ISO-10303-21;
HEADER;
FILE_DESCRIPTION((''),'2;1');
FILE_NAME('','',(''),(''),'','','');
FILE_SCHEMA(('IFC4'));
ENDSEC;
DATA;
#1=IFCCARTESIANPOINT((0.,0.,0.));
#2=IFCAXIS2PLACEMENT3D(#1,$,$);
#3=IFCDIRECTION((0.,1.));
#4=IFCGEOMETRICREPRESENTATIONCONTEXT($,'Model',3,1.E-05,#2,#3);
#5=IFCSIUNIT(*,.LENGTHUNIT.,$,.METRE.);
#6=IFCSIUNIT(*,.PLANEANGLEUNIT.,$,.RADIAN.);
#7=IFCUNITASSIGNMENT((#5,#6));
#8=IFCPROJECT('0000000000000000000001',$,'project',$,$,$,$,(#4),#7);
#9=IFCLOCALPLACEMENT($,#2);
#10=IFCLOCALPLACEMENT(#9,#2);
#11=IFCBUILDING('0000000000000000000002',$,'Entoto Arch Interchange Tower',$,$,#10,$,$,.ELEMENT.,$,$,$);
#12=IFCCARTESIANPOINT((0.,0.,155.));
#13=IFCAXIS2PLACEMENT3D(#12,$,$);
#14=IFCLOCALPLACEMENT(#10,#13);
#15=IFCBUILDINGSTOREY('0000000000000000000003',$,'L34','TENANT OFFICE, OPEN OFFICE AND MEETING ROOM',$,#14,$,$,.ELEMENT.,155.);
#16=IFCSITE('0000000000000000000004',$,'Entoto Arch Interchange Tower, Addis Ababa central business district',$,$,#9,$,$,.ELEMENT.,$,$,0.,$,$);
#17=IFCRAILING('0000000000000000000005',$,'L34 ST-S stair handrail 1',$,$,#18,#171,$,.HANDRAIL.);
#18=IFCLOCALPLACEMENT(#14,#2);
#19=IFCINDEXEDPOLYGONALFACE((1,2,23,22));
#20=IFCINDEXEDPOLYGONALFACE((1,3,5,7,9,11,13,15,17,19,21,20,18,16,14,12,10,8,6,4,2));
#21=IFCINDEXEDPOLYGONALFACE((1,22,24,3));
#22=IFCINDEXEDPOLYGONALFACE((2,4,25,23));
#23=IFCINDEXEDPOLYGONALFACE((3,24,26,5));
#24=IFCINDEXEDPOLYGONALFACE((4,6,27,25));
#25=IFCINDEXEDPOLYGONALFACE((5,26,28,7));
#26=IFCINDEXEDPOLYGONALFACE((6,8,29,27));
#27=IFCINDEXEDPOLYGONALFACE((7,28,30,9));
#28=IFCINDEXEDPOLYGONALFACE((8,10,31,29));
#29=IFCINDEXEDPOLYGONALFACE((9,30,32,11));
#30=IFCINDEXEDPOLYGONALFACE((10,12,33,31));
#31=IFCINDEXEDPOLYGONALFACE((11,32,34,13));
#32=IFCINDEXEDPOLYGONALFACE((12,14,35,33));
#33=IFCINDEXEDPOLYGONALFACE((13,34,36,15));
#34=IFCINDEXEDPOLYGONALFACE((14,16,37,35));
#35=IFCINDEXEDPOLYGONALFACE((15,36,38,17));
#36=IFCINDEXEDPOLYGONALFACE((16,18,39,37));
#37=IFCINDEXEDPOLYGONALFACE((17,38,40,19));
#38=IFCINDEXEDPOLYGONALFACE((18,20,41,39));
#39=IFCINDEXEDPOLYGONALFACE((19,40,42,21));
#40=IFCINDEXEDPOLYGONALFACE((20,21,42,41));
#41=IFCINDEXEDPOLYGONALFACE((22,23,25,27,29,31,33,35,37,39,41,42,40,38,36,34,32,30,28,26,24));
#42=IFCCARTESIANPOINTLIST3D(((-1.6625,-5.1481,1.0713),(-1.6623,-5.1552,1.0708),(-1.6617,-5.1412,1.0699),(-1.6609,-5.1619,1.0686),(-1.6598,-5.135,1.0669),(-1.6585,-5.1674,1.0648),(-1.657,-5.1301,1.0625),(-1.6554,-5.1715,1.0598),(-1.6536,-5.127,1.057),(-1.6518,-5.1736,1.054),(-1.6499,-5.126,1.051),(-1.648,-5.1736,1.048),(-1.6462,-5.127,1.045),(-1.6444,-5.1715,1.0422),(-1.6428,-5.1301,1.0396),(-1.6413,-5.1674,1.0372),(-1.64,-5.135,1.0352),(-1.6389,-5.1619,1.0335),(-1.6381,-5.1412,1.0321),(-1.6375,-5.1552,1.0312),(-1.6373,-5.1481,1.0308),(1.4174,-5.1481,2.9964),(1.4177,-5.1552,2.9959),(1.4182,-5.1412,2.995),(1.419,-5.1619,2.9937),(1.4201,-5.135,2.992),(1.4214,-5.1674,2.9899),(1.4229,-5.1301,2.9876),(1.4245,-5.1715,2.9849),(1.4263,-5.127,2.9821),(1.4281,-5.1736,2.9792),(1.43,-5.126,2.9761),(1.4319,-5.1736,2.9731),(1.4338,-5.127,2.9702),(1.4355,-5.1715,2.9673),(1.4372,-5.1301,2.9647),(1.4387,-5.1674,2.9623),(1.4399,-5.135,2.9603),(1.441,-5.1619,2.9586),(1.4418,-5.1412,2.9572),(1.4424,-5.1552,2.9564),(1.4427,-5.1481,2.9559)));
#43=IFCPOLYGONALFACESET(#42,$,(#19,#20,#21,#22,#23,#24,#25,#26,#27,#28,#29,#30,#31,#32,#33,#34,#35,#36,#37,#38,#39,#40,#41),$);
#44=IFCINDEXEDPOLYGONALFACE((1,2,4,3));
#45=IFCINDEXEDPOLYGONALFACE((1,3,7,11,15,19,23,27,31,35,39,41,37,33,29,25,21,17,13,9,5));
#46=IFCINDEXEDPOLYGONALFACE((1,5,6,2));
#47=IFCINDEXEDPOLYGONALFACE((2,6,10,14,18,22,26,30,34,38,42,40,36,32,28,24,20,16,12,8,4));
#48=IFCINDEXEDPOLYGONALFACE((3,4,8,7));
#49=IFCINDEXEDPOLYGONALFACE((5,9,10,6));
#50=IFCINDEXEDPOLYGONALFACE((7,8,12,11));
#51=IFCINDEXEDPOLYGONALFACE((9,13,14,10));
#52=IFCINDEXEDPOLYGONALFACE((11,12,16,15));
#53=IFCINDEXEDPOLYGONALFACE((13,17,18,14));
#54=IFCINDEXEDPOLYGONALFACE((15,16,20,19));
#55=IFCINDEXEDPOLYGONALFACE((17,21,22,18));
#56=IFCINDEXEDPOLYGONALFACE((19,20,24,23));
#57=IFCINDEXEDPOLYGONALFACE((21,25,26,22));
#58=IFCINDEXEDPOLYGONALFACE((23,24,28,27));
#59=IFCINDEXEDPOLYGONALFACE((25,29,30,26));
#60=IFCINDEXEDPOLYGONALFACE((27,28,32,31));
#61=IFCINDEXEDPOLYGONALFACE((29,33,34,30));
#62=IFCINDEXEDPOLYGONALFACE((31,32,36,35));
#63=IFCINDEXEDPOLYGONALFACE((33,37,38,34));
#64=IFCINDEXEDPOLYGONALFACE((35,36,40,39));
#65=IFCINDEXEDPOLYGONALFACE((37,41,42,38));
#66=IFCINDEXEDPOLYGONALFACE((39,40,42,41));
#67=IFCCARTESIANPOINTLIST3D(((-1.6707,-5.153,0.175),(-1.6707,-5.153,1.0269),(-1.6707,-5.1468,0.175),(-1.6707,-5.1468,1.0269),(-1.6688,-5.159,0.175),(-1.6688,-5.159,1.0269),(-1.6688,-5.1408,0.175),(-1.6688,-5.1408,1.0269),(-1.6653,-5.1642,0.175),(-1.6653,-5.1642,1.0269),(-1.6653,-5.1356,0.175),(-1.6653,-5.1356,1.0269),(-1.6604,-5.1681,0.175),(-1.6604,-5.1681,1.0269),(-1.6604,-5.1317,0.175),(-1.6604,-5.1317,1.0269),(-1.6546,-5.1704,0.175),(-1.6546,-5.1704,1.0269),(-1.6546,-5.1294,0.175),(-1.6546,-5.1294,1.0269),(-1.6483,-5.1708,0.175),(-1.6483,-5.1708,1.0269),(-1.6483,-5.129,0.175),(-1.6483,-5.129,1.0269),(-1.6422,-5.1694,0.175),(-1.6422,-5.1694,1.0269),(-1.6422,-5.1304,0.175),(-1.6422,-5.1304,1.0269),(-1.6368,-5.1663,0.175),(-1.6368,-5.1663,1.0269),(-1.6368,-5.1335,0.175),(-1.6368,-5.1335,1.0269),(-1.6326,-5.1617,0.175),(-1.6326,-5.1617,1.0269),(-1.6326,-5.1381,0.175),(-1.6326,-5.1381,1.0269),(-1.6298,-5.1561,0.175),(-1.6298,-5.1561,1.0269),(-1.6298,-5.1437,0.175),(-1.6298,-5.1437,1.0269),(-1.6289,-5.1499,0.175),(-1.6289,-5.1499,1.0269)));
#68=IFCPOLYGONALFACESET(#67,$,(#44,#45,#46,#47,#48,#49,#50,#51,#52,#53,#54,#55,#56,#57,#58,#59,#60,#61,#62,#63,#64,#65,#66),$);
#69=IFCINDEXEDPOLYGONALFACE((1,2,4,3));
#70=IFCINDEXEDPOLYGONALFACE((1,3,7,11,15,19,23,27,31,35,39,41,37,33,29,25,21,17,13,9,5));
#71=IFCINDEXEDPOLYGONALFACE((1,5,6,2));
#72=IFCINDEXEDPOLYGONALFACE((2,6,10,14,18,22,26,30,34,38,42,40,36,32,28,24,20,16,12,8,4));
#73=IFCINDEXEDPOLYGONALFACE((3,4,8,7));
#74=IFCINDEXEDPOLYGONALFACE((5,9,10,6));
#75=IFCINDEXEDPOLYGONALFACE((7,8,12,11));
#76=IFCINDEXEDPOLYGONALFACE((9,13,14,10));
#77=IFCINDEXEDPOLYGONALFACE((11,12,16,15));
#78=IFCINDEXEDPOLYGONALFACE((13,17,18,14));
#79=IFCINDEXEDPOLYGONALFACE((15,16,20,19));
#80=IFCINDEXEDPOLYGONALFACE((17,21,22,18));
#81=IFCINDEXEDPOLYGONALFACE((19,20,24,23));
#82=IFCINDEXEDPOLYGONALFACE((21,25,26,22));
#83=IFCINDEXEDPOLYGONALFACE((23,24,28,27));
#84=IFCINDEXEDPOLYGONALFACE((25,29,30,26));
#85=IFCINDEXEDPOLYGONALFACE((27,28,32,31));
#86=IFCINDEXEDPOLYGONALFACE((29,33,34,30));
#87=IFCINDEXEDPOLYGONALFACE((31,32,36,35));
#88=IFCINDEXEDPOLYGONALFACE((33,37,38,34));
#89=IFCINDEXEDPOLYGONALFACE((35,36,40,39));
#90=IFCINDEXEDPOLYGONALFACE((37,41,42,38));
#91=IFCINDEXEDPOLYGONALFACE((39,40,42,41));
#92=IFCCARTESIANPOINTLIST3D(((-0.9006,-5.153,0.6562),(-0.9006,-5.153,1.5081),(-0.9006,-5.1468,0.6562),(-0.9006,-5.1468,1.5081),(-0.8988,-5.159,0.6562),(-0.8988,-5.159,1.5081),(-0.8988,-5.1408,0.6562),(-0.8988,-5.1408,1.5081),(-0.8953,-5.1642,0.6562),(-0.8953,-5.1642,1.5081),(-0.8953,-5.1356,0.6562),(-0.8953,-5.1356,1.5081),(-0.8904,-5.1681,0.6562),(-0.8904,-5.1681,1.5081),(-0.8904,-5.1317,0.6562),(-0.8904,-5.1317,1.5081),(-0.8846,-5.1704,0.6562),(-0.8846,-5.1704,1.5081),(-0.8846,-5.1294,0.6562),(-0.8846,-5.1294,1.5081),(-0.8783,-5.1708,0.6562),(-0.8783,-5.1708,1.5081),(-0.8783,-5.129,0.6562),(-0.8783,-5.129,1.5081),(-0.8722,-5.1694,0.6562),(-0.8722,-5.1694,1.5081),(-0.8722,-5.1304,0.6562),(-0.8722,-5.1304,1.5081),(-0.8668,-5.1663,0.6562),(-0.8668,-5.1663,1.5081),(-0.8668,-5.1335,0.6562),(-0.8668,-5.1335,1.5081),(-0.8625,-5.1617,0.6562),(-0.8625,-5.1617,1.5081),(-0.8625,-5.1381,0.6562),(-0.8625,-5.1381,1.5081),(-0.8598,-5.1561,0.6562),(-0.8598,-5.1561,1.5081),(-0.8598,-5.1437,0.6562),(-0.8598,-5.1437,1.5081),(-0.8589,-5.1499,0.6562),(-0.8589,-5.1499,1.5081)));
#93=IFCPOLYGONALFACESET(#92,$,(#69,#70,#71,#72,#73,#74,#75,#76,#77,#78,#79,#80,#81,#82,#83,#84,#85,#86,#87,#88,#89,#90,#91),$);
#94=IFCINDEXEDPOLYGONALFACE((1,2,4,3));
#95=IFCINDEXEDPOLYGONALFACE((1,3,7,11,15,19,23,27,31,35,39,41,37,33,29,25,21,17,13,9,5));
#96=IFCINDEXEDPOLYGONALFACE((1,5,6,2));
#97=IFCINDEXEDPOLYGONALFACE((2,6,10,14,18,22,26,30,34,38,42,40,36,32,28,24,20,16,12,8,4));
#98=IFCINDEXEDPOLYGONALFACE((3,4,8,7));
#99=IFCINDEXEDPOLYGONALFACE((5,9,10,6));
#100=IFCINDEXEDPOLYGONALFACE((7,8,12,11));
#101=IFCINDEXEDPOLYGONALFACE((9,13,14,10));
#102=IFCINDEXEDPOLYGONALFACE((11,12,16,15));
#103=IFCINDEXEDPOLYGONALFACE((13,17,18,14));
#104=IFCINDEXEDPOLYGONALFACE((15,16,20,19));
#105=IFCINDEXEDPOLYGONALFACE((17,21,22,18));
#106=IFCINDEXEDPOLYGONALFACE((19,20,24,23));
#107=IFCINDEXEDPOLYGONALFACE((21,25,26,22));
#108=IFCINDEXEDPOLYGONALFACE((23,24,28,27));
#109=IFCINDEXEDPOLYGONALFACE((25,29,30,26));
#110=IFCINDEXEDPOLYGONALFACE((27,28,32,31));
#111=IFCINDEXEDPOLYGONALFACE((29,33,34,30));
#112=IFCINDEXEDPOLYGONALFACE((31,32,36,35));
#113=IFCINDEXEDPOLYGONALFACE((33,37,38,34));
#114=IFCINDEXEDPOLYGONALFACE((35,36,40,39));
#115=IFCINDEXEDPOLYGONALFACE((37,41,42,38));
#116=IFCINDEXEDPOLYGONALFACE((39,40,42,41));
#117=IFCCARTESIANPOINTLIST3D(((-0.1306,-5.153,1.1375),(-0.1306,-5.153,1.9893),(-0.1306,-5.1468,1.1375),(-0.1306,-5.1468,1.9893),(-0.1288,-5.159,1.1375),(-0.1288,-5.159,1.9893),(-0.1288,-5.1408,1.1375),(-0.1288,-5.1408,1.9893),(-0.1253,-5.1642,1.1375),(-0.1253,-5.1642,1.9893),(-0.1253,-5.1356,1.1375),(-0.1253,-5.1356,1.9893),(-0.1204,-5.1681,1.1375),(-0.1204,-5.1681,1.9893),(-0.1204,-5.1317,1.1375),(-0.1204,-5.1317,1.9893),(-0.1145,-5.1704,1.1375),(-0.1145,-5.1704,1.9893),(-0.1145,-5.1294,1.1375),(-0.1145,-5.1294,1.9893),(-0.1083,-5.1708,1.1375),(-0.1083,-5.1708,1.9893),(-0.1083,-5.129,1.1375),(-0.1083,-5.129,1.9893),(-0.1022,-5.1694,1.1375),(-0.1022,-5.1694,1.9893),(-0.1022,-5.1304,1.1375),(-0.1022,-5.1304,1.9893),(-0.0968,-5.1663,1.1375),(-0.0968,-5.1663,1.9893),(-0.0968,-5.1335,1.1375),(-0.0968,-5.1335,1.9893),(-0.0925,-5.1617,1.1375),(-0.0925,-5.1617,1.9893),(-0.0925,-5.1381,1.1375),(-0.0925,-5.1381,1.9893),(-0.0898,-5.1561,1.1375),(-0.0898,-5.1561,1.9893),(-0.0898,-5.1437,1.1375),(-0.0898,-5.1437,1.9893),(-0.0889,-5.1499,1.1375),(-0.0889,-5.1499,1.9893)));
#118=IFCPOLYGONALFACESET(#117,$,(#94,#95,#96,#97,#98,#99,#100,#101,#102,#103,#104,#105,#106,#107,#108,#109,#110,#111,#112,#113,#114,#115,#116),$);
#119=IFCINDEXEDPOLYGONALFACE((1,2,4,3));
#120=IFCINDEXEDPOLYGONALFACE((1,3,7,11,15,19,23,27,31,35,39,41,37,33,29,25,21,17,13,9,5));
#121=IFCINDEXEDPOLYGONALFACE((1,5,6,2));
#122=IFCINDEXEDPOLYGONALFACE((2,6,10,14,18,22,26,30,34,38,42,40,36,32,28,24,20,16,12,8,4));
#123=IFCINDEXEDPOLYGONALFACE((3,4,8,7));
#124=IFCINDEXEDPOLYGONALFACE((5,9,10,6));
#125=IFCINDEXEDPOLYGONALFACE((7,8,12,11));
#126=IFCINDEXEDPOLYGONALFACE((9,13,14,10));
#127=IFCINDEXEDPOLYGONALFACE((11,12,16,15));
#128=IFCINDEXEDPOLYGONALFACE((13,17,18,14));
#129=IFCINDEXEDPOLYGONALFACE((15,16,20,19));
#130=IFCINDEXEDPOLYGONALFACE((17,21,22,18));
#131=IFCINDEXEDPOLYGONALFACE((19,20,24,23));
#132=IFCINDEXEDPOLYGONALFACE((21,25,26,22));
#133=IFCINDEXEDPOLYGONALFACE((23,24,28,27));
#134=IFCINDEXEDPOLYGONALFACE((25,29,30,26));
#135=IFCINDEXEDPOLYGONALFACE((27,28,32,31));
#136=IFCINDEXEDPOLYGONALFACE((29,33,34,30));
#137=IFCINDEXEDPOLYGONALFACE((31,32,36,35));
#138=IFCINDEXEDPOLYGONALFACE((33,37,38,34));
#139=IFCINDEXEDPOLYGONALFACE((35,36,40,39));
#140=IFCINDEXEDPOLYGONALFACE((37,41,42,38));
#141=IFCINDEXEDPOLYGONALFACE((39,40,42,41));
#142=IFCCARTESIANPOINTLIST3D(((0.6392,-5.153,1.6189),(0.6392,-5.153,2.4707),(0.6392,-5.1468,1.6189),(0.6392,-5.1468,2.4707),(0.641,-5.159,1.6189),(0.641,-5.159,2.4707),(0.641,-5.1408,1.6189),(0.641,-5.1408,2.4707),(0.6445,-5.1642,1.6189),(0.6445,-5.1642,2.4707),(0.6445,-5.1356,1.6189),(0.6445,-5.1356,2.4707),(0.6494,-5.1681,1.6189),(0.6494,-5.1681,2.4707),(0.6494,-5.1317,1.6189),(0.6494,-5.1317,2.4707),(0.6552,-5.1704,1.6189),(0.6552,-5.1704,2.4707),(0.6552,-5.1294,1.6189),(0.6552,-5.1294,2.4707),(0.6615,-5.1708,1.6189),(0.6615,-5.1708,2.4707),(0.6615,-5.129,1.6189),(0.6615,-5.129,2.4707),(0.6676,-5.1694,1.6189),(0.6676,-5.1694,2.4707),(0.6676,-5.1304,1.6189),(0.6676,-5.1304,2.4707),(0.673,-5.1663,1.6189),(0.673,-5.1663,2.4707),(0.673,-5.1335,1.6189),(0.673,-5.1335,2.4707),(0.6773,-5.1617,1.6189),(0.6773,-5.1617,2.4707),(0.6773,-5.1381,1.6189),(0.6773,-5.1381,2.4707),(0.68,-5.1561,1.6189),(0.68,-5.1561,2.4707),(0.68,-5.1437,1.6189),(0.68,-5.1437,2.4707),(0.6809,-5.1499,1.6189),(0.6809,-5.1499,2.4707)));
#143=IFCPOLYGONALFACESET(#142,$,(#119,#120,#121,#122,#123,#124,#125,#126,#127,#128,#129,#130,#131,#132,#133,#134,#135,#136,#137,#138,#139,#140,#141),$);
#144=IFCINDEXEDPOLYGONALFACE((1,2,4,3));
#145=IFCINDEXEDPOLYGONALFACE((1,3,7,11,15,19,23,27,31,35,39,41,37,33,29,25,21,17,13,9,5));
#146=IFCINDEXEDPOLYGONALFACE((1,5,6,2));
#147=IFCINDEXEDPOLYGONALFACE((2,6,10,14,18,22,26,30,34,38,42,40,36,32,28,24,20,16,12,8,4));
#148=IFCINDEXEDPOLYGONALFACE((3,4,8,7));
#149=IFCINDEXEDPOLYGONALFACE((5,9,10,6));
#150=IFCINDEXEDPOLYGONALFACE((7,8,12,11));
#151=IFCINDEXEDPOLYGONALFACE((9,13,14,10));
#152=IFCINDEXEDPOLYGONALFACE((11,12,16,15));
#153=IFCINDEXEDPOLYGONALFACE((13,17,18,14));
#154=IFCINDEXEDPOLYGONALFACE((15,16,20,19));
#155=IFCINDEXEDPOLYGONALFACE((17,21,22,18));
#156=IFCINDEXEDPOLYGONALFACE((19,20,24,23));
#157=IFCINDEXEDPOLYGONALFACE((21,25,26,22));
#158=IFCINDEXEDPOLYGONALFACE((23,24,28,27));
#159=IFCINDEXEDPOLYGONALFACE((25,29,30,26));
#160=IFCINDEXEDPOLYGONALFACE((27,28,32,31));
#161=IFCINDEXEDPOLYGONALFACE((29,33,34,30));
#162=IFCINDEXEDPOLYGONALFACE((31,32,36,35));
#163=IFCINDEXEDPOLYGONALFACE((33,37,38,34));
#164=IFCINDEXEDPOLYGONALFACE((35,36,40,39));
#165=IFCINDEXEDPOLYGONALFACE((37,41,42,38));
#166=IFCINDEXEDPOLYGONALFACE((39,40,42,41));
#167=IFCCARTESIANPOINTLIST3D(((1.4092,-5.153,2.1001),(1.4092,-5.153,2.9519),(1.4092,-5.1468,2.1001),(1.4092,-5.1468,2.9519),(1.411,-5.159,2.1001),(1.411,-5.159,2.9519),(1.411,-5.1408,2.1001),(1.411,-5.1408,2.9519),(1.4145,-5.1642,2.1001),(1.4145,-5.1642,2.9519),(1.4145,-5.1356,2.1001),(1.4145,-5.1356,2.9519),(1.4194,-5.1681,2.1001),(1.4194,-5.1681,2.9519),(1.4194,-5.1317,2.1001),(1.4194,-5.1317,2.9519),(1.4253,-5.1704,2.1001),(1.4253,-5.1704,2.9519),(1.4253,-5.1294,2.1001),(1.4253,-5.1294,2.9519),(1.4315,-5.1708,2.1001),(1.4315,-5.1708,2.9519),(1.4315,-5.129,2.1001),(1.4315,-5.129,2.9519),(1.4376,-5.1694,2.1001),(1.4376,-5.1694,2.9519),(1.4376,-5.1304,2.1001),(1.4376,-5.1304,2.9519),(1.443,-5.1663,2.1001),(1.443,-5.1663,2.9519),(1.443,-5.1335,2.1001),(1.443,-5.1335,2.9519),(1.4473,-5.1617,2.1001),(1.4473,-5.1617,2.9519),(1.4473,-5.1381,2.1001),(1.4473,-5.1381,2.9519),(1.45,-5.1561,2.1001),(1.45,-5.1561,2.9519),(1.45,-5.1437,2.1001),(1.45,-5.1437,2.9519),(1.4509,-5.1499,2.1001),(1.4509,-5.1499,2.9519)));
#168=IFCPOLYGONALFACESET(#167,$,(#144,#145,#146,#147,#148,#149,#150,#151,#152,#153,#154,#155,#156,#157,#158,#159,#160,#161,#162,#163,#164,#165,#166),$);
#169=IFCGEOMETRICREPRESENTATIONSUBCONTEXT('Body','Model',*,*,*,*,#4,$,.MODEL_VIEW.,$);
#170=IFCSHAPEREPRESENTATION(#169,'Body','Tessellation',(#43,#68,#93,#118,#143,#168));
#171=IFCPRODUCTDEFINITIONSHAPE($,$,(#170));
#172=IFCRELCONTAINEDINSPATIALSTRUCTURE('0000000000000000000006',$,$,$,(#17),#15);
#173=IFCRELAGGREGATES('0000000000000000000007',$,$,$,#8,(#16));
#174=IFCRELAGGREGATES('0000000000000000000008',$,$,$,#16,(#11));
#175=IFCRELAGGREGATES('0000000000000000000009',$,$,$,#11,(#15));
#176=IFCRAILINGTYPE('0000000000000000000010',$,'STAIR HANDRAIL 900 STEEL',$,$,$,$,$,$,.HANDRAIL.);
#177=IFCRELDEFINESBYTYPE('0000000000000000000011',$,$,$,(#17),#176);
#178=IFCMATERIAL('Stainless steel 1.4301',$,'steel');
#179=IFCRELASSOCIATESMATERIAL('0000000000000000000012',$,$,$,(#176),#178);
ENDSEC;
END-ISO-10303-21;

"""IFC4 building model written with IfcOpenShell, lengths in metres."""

from ifc_helpers import new_model, si_unit, direction, frame, origin, origin_2d, place, context, subcontext, project, spatial, circle, extrude, material, type_object, element, save


model = new_model("IFC4")

# Units and contexts
model_context = context("Model", 3, precision=1e-05, world=origin(), true_north=direction((0.0, 1.0)))
body_context = subcontext(model_context, "Body", "Model", "MODEL_VIEW")
ifc_project = project(units=[si_unit("LENGTHUNIT", "METRE"), si_unit("PLANEANGLEUNIT", "RADIAN")], contexts=[model_context])

# Site, building, storey
site_placement = place(None, origin())
site = spatial("IfcSite", under=ifc_project, at=site_placement, Name="Entoto Arch Interchange Tower, Addis Ababa central business district", CompositionType="ELEMENT", RefElevation=0.0)
building_placement = place(site_placement, origin())
building = spatial("IfcBuilding", under=site, at=building_placement, Name="Entoto Arch Interchange Tower", CompositionType="ELEMENT")
storey_placement = place(building_placement, frame((0.0, 0.0, 155.0)))
storey = spatial("IfcBuildingStorey", under=building, at=storey_placement, Name="L34", Description="TENANT OFFICE, OPEN OFFICE AND MEETING ROOM", CompositionType="ELEMENT", Elevation=155.0)

# Railing
ifc_material_1 = material(Name="Stainless steel 1.4301", Category="steel")
railing_type_1 = type_object("IfcRailingType", Name="STAIR HANDRAIL 900 STEEL", PredefinedType="HANDRAIL", material=ifc_material_1)
railing_1_placement = place(storey_placement, frame((-1.6499, -5.1499, 0.175)))
element("IfcRailing", 1, at=railing_1_placement, inside=storey, type_object=railing_type_1, Name="L34 ST-S stair handrail 1", PredefinedType="HANDRAIL", context=body_context, shape_type="SweptSolid", body=[
    extrude(circle(Radius=0.0239, at=origin_2d()), frame((0.0, 0.0, 0.876), z_axis=(0.847979, 0.0, 0.530029), x_axis=(0.0, 1.0, 0.0)), (0.0, 0.0, 1.0), 3.6321),
    extrude(circle(Radius=0.021, at=origin_2d()), origin(), (0.0, 0.0, 1.0), 0.8518),
    extrude(circle(Radius=0.021, at=origin_2d()), frame((0.77, 0.0, 0.4812)), (0.0, 0.0, 1.0), 0.8518),
    extrude(circle(Radius=0.021, at=origin_2d()), frame((1.54, 0.0, 0.9624)), (0.0, 0.0, 1.0), 0.8518),
    extrude(circle(Radius=0.021, at=origin_2d()), frame((2.3098, 0.0, 1.4438)), (0.0, 0.0, 1.0), 0.8518),
    extrude(circle(Radius=0.021, at=origin_2d()), frame((3.0798, 0.0, 1.925)), (0.0, 0.0, 1.0), 0.8518),
])

save(model, "model.ifc")
